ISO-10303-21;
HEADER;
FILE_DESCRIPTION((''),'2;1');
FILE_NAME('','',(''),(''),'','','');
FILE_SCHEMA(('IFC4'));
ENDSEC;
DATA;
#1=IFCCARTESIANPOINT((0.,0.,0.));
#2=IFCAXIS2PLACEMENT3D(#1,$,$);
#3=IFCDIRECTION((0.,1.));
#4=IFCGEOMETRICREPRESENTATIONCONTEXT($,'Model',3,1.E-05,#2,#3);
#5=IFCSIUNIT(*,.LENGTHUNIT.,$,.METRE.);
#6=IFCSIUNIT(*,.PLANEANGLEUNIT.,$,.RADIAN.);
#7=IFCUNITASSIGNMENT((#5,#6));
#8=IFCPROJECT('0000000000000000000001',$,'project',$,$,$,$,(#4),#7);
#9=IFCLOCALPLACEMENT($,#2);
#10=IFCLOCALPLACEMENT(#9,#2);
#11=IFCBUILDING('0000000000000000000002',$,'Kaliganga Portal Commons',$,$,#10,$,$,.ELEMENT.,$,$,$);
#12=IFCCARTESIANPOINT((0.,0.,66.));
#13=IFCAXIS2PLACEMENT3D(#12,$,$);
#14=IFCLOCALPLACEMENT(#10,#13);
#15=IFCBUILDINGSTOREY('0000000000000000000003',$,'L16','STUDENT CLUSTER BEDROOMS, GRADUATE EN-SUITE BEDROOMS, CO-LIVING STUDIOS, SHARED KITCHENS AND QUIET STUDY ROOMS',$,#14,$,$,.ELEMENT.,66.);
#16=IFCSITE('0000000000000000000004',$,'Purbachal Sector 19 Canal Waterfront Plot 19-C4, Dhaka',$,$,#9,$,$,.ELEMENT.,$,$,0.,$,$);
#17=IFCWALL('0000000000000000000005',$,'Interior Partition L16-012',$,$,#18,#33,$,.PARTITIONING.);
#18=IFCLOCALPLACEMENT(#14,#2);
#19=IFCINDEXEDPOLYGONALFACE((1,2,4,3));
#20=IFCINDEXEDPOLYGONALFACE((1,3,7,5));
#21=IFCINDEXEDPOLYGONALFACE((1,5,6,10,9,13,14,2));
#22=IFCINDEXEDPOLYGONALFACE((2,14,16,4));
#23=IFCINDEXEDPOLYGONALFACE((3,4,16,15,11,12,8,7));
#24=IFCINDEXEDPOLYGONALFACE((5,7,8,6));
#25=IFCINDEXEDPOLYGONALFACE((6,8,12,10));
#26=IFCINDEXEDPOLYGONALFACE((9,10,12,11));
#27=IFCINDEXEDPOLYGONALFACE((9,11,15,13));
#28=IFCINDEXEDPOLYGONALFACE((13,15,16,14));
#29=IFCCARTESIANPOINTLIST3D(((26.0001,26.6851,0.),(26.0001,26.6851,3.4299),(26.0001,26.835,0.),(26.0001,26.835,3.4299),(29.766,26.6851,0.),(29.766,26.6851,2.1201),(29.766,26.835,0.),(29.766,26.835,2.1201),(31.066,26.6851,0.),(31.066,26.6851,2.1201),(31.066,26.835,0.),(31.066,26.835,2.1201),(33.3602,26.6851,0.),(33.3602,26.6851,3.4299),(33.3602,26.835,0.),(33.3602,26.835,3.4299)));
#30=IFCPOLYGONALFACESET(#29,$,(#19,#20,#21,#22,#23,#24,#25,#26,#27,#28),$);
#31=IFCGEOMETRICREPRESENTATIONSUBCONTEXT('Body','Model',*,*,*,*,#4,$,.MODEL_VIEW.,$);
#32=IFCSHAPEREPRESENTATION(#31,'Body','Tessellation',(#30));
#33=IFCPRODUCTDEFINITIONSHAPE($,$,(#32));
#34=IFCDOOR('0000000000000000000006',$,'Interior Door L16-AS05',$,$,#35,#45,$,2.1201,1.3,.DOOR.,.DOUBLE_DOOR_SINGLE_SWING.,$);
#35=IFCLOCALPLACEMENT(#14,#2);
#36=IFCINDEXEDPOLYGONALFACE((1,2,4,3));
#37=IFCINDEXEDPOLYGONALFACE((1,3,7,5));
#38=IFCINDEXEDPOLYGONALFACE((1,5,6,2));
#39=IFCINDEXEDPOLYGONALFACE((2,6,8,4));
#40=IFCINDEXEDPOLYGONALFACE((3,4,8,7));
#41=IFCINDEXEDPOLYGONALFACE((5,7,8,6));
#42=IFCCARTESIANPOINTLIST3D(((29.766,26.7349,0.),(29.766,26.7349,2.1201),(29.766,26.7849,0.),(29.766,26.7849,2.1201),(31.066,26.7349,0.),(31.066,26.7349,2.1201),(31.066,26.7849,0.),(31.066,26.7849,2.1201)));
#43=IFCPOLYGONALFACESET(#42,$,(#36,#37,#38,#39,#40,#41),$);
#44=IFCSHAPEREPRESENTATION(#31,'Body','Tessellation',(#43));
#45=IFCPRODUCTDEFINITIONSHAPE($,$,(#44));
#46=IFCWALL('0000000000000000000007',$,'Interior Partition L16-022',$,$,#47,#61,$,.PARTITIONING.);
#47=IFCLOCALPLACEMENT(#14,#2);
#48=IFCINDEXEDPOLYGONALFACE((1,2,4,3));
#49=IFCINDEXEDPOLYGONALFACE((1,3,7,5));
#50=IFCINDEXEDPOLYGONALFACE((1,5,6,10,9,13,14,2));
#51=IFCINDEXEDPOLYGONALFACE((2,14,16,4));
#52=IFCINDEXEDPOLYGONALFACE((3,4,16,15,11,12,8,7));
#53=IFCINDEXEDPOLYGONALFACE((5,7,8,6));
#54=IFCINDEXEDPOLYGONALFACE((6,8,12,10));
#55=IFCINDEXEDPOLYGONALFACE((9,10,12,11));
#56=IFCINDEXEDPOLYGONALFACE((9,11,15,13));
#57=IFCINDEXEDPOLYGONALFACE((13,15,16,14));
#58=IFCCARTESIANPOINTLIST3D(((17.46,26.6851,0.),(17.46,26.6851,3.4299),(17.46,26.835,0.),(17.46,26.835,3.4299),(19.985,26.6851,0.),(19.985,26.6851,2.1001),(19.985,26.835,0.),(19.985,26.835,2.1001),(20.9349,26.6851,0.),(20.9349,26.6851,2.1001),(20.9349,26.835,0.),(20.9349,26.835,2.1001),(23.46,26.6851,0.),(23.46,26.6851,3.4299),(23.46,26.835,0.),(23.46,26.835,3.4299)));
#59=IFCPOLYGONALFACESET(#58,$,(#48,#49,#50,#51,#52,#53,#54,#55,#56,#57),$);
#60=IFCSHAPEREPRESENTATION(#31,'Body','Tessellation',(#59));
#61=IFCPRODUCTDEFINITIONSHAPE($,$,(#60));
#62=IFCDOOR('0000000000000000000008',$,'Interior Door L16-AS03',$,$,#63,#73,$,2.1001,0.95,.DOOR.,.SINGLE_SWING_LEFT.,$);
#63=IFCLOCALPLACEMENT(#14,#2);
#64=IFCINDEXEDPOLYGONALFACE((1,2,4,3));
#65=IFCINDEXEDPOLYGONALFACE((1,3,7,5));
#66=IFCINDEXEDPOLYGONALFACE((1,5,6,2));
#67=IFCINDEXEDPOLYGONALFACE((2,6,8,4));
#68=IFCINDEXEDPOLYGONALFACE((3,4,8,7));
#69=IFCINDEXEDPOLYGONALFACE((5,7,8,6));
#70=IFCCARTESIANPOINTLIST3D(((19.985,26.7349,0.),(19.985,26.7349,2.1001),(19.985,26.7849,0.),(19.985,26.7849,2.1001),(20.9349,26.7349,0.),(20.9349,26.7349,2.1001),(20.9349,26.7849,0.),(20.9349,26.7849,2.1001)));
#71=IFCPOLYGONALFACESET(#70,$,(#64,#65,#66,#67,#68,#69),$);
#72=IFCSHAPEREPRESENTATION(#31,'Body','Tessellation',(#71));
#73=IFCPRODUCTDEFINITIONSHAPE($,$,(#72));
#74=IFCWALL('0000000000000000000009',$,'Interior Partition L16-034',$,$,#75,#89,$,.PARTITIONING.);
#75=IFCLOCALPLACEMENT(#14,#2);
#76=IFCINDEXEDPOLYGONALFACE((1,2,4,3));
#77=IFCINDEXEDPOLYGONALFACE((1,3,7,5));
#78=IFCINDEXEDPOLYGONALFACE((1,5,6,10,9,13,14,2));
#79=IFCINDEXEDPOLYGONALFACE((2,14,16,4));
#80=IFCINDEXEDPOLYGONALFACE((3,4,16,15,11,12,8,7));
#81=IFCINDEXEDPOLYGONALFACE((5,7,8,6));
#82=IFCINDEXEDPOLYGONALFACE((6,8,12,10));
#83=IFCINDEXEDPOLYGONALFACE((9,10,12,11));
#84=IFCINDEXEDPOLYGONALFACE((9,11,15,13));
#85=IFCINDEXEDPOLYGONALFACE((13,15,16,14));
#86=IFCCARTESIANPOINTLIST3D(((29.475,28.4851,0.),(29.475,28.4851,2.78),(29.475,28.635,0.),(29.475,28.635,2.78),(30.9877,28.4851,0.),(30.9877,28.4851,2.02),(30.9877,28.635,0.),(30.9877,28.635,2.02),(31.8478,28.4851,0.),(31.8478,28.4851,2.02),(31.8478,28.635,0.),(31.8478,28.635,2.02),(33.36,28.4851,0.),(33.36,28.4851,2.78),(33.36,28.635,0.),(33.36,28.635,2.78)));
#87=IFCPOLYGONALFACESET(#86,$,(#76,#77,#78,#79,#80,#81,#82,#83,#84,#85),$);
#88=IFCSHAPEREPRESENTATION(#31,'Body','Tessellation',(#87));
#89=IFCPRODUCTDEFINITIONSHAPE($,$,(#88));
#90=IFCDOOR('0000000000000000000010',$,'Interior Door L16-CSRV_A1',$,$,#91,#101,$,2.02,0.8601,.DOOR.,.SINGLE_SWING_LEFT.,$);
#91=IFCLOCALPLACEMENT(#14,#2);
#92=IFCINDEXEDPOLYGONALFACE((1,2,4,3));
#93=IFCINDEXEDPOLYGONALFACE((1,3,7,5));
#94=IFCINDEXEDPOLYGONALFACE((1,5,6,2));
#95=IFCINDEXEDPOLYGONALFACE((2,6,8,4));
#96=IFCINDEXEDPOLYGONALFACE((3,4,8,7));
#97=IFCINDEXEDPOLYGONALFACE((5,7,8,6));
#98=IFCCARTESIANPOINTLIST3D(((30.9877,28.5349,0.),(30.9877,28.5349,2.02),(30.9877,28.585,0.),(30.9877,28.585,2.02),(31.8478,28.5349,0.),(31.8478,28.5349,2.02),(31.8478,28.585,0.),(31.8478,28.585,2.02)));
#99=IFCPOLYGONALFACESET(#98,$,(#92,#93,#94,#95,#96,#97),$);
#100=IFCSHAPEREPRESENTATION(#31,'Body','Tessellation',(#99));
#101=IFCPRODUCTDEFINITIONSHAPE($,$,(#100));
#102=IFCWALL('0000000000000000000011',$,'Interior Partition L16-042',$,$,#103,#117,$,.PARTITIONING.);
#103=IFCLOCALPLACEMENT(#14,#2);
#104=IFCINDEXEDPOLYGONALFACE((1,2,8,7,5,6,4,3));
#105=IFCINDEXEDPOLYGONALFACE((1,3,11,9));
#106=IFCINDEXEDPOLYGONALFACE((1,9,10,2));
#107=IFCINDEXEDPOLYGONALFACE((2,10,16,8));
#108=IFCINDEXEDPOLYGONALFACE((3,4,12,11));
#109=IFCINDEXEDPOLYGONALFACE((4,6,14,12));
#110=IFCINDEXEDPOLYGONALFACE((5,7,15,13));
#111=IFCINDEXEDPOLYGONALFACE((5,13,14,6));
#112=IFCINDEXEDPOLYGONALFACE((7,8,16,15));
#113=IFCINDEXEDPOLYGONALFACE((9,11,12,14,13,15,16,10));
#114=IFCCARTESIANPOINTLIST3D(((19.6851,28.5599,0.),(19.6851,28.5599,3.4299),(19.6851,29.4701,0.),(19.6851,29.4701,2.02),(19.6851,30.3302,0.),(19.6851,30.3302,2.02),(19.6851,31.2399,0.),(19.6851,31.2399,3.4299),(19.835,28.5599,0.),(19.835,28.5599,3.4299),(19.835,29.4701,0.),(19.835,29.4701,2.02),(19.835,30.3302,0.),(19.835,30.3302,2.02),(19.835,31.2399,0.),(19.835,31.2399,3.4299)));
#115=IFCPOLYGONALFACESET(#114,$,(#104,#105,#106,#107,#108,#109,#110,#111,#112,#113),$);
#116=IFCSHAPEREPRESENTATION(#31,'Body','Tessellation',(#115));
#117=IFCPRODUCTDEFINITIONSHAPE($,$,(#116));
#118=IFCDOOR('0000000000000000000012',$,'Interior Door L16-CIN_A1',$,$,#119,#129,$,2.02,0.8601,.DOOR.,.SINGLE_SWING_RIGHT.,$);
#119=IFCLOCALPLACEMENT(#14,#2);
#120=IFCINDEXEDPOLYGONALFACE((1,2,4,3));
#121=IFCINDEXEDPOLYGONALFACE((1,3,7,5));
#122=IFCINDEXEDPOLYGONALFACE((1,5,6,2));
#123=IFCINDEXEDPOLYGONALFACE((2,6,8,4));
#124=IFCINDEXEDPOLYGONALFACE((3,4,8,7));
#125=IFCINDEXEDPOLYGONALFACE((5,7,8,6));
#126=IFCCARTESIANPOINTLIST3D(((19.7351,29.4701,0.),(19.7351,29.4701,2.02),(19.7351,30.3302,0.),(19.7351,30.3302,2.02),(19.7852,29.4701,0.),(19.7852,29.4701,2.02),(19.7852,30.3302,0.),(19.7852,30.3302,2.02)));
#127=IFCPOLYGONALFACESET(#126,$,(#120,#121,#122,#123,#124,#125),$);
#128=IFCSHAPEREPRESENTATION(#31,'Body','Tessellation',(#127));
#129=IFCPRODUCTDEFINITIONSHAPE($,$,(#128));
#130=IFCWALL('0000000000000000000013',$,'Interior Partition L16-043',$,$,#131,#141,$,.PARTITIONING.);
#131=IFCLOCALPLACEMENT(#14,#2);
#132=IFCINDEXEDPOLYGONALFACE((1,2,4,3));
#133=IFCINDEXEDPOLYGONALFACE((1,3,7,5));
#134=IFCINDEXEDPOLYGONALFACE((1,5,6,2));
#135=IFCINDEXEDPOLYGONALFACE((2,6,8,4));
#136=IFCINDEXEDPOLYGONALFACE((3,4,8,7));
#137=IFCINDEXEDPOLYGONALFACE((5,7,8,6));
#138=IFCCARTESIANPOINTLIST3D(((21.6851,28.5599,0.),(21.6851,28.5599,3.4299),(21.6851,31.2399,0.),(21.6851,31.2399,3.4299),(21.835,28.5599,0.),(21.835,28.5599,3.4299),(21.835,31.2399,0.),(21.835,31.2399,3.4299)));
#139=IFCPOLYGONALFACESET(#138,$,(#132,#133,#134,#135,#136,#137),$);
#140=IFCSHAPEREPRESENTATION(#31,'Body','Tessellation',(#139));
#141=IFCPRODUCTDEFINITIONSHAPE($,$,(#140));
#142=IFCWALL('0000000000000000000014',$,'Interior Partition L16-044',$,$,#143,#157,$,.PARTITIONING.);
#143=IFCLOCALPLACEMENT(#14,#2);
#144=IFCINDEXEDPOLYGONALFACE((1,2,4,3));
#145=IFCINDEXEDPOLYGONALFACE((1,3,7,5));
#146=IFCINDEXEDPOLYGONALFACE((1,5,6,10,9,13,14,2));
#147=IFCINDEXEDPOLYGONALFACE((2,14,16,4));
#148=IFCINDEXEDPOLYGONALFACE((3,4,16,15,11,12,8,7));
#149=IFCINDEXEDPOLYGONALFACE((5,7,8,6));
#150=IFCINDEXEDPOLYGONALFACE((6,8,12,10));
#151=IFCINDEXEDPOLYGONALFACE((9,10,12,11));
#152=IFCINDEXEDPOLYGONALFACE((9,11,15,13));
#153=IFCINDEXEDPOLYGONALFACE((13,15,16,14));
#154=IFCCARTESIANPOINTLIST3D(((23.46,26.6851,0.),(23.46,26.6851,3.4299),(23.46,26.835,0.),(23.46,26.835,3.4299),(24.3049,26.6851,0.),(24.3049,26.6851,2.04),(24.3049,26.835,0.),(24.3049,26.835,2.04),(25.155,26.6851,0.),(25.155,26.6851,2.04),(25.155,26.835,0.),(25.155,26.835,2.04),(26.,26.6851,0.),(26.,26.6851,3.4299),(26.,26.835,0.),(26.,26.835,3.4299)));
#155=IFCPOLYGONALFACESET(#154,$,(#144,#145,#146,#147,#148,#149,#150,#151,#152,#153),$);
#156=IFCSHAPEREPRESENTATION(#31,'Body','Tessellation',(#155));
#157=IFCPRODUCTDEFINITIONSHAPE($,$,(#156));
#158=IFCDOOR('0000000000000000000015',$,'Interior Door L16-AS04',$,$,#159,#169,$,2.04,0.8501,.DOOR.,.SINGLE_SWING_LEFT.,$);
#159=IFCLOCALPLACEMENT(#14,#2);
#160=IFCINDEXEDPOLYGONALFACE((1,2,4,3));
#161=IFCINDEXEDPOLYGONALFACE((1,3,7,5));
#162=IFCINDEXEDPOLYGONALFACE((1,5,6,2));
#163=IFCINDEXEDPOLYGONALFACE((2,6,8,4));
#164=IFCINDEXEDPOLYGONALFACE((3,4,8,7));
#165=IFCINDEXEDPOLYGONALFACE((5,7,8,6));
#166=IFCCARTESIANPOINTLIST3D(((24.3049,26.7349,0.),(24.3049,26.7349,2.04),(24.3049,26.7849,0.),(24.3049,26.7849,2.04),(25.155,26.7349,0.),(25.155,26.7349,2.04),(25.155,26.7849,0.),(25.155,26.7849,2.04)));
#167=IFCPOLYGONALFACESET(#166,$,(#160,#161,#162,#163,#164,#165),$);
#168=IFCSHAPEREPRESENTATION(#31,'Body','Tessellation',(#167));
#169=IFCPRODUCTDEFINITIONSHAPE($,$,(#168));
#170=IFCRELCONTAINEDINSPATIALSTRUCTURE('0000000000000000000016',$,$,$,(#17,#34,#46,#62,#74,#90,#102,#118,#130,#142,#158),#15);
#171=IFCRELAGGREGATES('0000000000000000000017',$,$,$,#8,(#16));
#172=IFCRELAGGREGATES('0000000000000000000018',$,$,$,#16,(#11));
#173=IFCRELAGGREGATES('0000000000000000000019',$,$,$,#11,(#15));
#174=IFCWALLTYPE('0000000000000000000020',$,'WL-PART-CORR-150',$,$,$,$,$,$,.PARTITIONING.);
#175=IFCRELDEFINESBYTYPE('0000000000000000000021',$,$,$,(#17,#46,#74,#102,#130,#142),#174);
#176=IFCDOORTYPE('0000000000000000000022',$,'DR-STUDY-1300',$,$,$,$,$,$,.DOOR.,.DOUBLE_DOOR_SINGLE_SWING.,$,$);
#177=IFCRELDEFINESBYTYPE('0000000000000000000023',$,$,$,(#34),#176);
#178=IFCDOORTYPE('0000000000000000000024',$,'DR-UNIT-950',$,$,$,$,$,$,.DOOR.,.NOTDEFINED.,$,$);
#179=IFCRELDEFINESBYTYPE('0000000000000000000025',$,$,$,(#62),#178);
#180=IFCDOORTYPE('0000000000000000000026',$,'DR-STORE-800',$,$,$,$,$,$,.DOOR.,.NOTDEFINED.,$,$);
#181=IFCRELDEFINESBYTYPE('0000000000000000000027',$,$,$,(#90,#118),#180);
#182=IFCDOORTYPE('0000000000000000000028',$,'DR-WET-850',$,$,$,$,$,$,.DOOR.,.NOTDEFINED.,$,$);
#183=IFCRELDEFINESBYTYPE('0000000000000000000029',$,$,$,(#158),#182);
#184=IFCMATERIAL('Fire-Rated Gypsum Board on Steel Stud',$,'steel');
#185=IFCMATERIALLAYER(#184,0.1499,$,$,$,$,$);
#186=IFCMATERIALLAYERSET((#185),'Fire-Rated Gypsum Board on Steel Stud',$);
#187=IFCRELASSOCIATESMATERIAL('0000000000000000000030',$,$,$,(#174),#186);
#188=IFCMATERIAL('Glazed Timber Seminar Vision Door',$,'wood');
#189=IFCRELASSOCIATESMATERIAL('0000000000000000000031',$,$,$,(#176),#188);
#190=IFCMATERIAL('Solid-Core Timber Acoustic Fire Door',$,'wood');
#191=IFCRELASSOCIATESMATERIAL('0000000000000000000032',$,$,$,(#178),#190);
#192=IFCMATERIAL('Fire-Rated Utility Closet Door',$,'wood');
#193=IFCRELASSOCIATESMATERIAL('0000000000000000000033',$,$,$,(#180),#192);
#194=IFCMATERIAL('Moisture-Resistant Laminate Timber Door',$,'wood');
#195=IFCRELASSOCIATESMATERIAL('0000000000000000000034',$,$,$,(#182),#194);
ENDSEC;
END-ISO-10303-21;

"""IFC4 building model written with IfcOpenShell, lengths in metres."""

from ifc_helpers import new_model, si_unit, direction, frame, frame_2d, origin, place, context, subcontext, project, spatial, rectangle, extrude, material, layer, layer_set, type_object, element, fill, save


model = new_model("IFC4")

# Units and contexts
model_context = context("Model", 3, precision=1e-05, world=origin(), true_north=direction((0.0, 1.0)))
body_context = subcontext(model_context, "Body", "Model", "MODEL_VIEW")
ifc_project = project(units=[si_unit("LENGTHUNIT", "METRE"), si_unit("PLANEANGLEUNIT", "RADIAN")], contexts=[model_context])

# Site, building, storey
site_placement = place(None, origin())
site = spatial("IfcSite", under=ifc_project, at=site_placement, Name="Purbachal Sector 19 Canal Waterfront Plot 19-C4, Dhaka", CompositionType="ELEMENT", RefElevation=0.0)
building_placement = place(site_placement, origin())
building = spatial("IfcBuilding", under=site, at=building_placement, Name="Kaliganga Portal Commons", CompositionType="ELEMENT")
storey_placement = place(building_placement, frame((0.0, 0.0, 66.0)))
storey = spatial("IfcBuildingStorey", under=building, at=storey_placement, Name="L16", Description="STUDENT CLUSTER BEDROOMS, GRADUATE EN-SUITE BEDROOMS, CO-LIVING STUDIOS, SHARED KITCHENS AND QUIET STUDY ROOMS", CompositionType="ELEMENT", Elevation=66.0)

# Walls, openings, doors
ifc_material_1 = material(Name="Fire-Rated Gypsum Board on Steel Stud", Category="steel")
ifc_layer_1 = layer(ifc_material_1, 0.1499)
ifc_layer_set_1 = layer_set([ifc_layer_1], Name="Fire-Rated Gypsum Board on Steel Stud")
wall_type_1 = type_object("IfcWallType", Name="WL-PART-CORR-150", PredefinedType="PARTITIONING", material=ifc_layer_set_1)
wall_1_placement = place(storey_placement, frame((26.0, 26.76, 0.0), z_axis=(0.0, 0.0, 1.0), x_axis=(1.0, 0.0, 0.0)))
wall_1 = element("IfcWall", 1, at=wall_1_placement, inside=storey, type_object=wall_type_1, Name="Interior Partition L16-012", PredefinedType="PARTITIONING", context=body_context, shape_type="SweptSolid", body=[
    extrude(rectangle(XDim=7.3601, YDim=0.1499, at=frame_2d((3.6802, 0.0))), origin(), (0.0, 0.0, 1.0), 3.4299),
])
opening_1_placement = place(wall_1_placement, frame((3.7661, 0.0, 0.0)))
opening_1 = element("IfcOpeningElement", 2, at=opening_1_placement, cuts=wall_1, PredefinedType="OPENING", context=body_context, shape_type="SweptSolid", body=[
    extrude(rectangle(XDim=1.3, YDim=2.1201, at=frame_2d((0.6499, 1.0601))), frame((0.0, 0.085, 0.0), z_axis=(0.0, -1.0, 0.0), x_axis=(1.0, 0.0, 0.0)), (0.0, 0.0, 1.0), 0.1699),
])
ifc_material_2 = material(Name="Glazed Timber Seminar Vision Door", Category="wood")
door_type_1 = type_object("IfcDoorType", Name="DR-STUDY-1300", OperationType="DOUBLE_DOOR_SINGLE_SWING", PredefinedType="DOOR", material=ifc_material_2)
door_1_placement = place(opening_1_placement, origin())
door_1 = element("IfcDoor", 3, at=door_1_placement, inside=storey, type_object=door_type_1, Name="Interior Door L16-AS05", OperationType="DOUBLE_DOOR_SINGLE_SWING", OverallHeight=2.1201, OverallWidth=1.3, PredefinedType="DOOR", context=body_context, shape_type="SweptSolid", body=[
    extrude(rectangle(XDim=1.3, YDim=2.1201, at=frame_2d((0.6499, 1.0601))), frame((0.0, 0.0249, 0.0), z_axis=(0.0, -1.0, 0.0), x_axis=(1.0, 0.0, 0.0)), (0.0, 0.0, 1.0), 0.05),
])
fill(opening_1, door_1)
wall_2_placement = place(storey_placement, frame((17.46, 26.76, 0.0), z_axis=(0.0, 0.0, 1.0), x_axis=(1.0, 0.0, 0.0)))
wall_2 = element("IfcWall", 4, at=wall_2_placement, inside=storey, type_object=wall_type_1, Name="Interior Partition L16-022", PredefinedType="PARTITIONING", context=body_context, shape_type="SweptSolid", body=[
    extrude(rectangle(XDim=6.0, YDim=0.1499, at=frame_2d((3.0, 0.0))), origin(), (0.0, 0.0, 1.0), 3.4299),
])
opening_2_placement = place(wall_2_placement, frame((2.5249, 0.0, 0.0)))
opening_2 = element("IfcOpeningElement", 5, at=opening_2_placement, cuts=wall_2, PredefinedType="OPENING", context=body_context, shape_type="SweptSolid", body=[
    extrude(rectangle(XDim=0.95, YDim=2.1001, at=frame_2d((0.4751, 1.05))), frame((0.0, 0.085, 0.0), z_axis=(0.0, -1.0, 0.0), x_axis=(1.0, 0.0, 0.0)), (0.0, 0.0, 1.0), 0.1699),
])
ifc_material_3 = material(Name="Solid-Core Timber Acoustic Fire Door", Category="wood")
door_type_2 = type_object("IfcDoorType", Name="DR-UNIT-950", OperationType="NOTDEFINED", PredefinedType="DOOR", material=ifc_material_3)
door_2_placement = place(opening_2_placement, origin())
door_2 = element("IfcDoor", 6, at=door_2_placement, inside=storey, type_object=door_type_2, Name="Interior Door L16-AS03", OperationType="SINGLE_SWING_LEFT", OverallHeight=2.1001, OverallWidth=0.95, PredefinedType="DOOR", context=body_context, shape_type="SweptSolid", body=[
    extrude(rectangle(XDim=0.95, YDim=2.1001, at=frame_2d((0.4751, 1.05))), frame((0.0, 0.0249, 0.0), z_axis=(0.0, -1.0, 0.0), x_axis=(1.0, 0.0, 0.0)), (0.0, 0.0, 1.0), 0.05),
])
fill(opening_2, door_2)
wall_3_placement = place(storey_placement, frame((29.4751, 28.5601, 0.0), z_axis=(0.0, 0.0, 1.0), x_axis=(1.0, 0.0, 0.0)))
wall_3 = element("IfcWall", 7, at=wall_3_placement, inside=storey, type_object=wall_type_1, Name="Interior Partition L16-034", PredefinedType="PARTITIONING", context=body_context, shape_type="SweptSolid", body=[
    extrude(rectangle(XDim=3.885, YDim=0.1499, at=frame_2d((1.9424, 0.0))), origin(), (0.0, 0.0, 1.0), 2.78),
])
opening_3_placement = place(wall_3_placement, frame((1.5125, 0.0, 0.0)))
opening_3 = element("IfcOpeningElement", 8, at=opening_3_placement, cuts=wall_3, PredefinedType="OPENING", context=body_context, shape_type="SweptSolid", body=[
    extrude(rectangle(XDim=0.8601, YDim=2.02, at=frame_2d((0.4302, 1.01))), frame((0.0, 0.085, 0.0), z_axis=(0.0, -1.0, 0.0), x_axis=(1.0, 0.0, 0.0)), (0.0, 0.0, 1.0), 0.1699),
])
ifc_material_4 = material(Name="Fire-Rated Utility Closet Door", Category="wood")
door_type_3 = type_object("IfcDoorType", Name="DR-STORE-800", OperationType="NOTDEFINED", PredefinedType="DOOR", material=ifc_material_4)
door_3_placement = place(opening_3_placement, origin())
door_3 = element("IfcDoor", 9, at=door_3_placement, inside=storey, type_object=door_type_3, Name="Interior Door L16-CSRV_A1", OperationType="SINGLE_SWING_LEFT", OverallHeight=2.02, OverallWidth=0.8601, PredefinedType="DOOR", context=body_context, shape_type="SweptSolid", body=[
    extrude(rectangle(XDim=0.8601, YDim=2.02, at=frame_2d((0.4302, 1.01))), frame((0.0, 0.0249, 0.0), z_axis=(0.0, -1.0, 0.0), x_axis=(1.0, 0.0, 0.0)), (0.0, 0.0, 1.0), 0.05),
])
fill(opening_3, door_3)
wall_4_placement = place(storey_placement, frame((19.76, 28.5601, 0.0), z_axis=(0.0, 0.0, 1.0), x_axis=(0.0, 1.0, 0.0)))
wall_4 = element("IfcWall", 10, at=wall_4_placement, inside=storey, type_object=wall_type_1, Name="Interior Partition L16-042", PredefinedType="PARTITIONING", context=body_context, shape_type="SweptSolid", body=[
    extrude(rectangle(XDim=2.6799, YDim=0.1499, at=frame_2d((1.3398, 0.0))), origin(), (0.0, 0.0, 1.0), 3.4299),
])
opening_4_placement = place(wall_4_placement, frame((0.9099, 0.0, 0.0)))
opening_4 = element("IfcOpeningElement", 11, at=opening_4_placement, cuts=wall_4, PredefinedType="OPENING", context=body_context, shape_type="SweptSolid", body=[
    extrude(rectangle(XDim=0.8601, YDim=2.02, at=frame_2d((0.4302, 1.01))), frame((0.0, 0.085, 0.0), z_axis=(0.0, -1.0, 0.0), x_axis=(1.0, 0.0, 0.0)), (0.0, 0.0, 1.0), 0.1699),
])
door_4_placement = place(opening_4_placement, origin())
door_4 = element("IfcDoor", 12, at=door_4_placement, inside=storey, type_object=door_type_3, Name="Interior Door L16-CIN_A1", OperationType="SINGLE_SWING_RIGHT", OverallHeight=2.02, OverallWidth=0.8601, PredefinedType="DOOR", context=body_context, shape_type="SweptSolid", body=[
    extrude(rectangle(XDim=0.8601, YDim=2.02, at=frame_2d((0.4302, 1.01))), frame((0.0, 0.0249, 0.0), z_axis=(0.0, -1.0, 0.0), x_axis=(1.0, 0.0, 0.0)), (0.0, 0.0, 1.0), 0.05),
])
fill(opening_4, door_4)

# Wall
wall_5_placement = place(storey_placement, frame((21.76, 28.5601, 0.0), z_axis=(0.0, 0.0, 1.0), x_axis=(0.0, 1.0, 0.0)))
element("IfcWall", 13, at=wall_5_placement, inside=storey, type_object=wall_type_1, Name="Interior Partition L16-043", PredefinedType="PARTITIONING", context=body_context, shape_type="SweptSolid", body=[
    extrude(rectangle(XDim=2.6799, YDim=0.1499, at=frame_2d((1.3398, 0.0))), origin(), (0.0, 0.0, 1.0), 3.4299),
])

# Wall, opening, door
wall_6_placement = place(storey_placement, frame((23.46, 26.76, 0.0), z_axis=(0.0, 0.0, 1.0), x_axis=(1.0, 0.0, 0.0)))
wall_6 = element("IfcWall", 14, at=wall_6_placement, inside=storey, type_object=wall_type_1, Name="Interior Partition L16-044", PredefinedType="PARTITIONING", context=body_context, shape_type="SweptSolid", body=[
    extrude(rectangle(XDim=2.54, YDim=0.1499, at=frame_2d((1.27, 0.0))), origin(), (0.0, 0.0, 1.0), 3.4299),
])
opening_5_placement = place(wall_6_placement, frame((0.845, 0.0, 0.0)))
opening_5 = element("IfcOpeningElement", 15, at=opening_5_placement, cuts=wall_6, PredefinedType="OPENING", context=body_context, shape_type="SweptSolid", body=[
    extrude(rectangle(XDim=0.8501, YDim=2.04, at=frame_2d((0.425, 1.02))), frame((0.0, 0.085, 0.0), z_axis=(0.0, -1.0, 0.0), x_axis=(1.0, 0.0, 0.0)), (0.0, 0.0, 1.0), 0.1699),
])
ifc_material_5 = material(Name="Moisture-Resistant Laminate Timber Door", Category="wood")
door_type_4 = type_object("IfcDoorType", Name="DR-WET-850", OperationType="NOTDEFINED", PredefinedType="DOOR", material=ifc_material_5)
door_5_placement = place(opening_5_placement, origin())
door_5 = element("IfcDoor", 16, at=door_5_placement, inside=storey, type_object=door_type_4, Name="Interior Door L16-AS04", OperationType="SINGLE_SWING_LEFT", OverallHeight=2.04, OverallWidth=0.8501, PredefinedType="DOOR", context=body_context, shape_type="SweptSolid", body=[
    extrude(rectangle(XDim=0.8501, YDim=2.04, at=frame_2d((0.425, 1.02))), frame((0.0, 0.0249, 0.0), z_axis=(0.0, -1.0, 0.0), x_axis=(1.0, 0.0, 0.0)), (0.0, 0.0, 1.0), 0.05),
])
fill(opening_5, door_5)

save(model, "model.ifc")
